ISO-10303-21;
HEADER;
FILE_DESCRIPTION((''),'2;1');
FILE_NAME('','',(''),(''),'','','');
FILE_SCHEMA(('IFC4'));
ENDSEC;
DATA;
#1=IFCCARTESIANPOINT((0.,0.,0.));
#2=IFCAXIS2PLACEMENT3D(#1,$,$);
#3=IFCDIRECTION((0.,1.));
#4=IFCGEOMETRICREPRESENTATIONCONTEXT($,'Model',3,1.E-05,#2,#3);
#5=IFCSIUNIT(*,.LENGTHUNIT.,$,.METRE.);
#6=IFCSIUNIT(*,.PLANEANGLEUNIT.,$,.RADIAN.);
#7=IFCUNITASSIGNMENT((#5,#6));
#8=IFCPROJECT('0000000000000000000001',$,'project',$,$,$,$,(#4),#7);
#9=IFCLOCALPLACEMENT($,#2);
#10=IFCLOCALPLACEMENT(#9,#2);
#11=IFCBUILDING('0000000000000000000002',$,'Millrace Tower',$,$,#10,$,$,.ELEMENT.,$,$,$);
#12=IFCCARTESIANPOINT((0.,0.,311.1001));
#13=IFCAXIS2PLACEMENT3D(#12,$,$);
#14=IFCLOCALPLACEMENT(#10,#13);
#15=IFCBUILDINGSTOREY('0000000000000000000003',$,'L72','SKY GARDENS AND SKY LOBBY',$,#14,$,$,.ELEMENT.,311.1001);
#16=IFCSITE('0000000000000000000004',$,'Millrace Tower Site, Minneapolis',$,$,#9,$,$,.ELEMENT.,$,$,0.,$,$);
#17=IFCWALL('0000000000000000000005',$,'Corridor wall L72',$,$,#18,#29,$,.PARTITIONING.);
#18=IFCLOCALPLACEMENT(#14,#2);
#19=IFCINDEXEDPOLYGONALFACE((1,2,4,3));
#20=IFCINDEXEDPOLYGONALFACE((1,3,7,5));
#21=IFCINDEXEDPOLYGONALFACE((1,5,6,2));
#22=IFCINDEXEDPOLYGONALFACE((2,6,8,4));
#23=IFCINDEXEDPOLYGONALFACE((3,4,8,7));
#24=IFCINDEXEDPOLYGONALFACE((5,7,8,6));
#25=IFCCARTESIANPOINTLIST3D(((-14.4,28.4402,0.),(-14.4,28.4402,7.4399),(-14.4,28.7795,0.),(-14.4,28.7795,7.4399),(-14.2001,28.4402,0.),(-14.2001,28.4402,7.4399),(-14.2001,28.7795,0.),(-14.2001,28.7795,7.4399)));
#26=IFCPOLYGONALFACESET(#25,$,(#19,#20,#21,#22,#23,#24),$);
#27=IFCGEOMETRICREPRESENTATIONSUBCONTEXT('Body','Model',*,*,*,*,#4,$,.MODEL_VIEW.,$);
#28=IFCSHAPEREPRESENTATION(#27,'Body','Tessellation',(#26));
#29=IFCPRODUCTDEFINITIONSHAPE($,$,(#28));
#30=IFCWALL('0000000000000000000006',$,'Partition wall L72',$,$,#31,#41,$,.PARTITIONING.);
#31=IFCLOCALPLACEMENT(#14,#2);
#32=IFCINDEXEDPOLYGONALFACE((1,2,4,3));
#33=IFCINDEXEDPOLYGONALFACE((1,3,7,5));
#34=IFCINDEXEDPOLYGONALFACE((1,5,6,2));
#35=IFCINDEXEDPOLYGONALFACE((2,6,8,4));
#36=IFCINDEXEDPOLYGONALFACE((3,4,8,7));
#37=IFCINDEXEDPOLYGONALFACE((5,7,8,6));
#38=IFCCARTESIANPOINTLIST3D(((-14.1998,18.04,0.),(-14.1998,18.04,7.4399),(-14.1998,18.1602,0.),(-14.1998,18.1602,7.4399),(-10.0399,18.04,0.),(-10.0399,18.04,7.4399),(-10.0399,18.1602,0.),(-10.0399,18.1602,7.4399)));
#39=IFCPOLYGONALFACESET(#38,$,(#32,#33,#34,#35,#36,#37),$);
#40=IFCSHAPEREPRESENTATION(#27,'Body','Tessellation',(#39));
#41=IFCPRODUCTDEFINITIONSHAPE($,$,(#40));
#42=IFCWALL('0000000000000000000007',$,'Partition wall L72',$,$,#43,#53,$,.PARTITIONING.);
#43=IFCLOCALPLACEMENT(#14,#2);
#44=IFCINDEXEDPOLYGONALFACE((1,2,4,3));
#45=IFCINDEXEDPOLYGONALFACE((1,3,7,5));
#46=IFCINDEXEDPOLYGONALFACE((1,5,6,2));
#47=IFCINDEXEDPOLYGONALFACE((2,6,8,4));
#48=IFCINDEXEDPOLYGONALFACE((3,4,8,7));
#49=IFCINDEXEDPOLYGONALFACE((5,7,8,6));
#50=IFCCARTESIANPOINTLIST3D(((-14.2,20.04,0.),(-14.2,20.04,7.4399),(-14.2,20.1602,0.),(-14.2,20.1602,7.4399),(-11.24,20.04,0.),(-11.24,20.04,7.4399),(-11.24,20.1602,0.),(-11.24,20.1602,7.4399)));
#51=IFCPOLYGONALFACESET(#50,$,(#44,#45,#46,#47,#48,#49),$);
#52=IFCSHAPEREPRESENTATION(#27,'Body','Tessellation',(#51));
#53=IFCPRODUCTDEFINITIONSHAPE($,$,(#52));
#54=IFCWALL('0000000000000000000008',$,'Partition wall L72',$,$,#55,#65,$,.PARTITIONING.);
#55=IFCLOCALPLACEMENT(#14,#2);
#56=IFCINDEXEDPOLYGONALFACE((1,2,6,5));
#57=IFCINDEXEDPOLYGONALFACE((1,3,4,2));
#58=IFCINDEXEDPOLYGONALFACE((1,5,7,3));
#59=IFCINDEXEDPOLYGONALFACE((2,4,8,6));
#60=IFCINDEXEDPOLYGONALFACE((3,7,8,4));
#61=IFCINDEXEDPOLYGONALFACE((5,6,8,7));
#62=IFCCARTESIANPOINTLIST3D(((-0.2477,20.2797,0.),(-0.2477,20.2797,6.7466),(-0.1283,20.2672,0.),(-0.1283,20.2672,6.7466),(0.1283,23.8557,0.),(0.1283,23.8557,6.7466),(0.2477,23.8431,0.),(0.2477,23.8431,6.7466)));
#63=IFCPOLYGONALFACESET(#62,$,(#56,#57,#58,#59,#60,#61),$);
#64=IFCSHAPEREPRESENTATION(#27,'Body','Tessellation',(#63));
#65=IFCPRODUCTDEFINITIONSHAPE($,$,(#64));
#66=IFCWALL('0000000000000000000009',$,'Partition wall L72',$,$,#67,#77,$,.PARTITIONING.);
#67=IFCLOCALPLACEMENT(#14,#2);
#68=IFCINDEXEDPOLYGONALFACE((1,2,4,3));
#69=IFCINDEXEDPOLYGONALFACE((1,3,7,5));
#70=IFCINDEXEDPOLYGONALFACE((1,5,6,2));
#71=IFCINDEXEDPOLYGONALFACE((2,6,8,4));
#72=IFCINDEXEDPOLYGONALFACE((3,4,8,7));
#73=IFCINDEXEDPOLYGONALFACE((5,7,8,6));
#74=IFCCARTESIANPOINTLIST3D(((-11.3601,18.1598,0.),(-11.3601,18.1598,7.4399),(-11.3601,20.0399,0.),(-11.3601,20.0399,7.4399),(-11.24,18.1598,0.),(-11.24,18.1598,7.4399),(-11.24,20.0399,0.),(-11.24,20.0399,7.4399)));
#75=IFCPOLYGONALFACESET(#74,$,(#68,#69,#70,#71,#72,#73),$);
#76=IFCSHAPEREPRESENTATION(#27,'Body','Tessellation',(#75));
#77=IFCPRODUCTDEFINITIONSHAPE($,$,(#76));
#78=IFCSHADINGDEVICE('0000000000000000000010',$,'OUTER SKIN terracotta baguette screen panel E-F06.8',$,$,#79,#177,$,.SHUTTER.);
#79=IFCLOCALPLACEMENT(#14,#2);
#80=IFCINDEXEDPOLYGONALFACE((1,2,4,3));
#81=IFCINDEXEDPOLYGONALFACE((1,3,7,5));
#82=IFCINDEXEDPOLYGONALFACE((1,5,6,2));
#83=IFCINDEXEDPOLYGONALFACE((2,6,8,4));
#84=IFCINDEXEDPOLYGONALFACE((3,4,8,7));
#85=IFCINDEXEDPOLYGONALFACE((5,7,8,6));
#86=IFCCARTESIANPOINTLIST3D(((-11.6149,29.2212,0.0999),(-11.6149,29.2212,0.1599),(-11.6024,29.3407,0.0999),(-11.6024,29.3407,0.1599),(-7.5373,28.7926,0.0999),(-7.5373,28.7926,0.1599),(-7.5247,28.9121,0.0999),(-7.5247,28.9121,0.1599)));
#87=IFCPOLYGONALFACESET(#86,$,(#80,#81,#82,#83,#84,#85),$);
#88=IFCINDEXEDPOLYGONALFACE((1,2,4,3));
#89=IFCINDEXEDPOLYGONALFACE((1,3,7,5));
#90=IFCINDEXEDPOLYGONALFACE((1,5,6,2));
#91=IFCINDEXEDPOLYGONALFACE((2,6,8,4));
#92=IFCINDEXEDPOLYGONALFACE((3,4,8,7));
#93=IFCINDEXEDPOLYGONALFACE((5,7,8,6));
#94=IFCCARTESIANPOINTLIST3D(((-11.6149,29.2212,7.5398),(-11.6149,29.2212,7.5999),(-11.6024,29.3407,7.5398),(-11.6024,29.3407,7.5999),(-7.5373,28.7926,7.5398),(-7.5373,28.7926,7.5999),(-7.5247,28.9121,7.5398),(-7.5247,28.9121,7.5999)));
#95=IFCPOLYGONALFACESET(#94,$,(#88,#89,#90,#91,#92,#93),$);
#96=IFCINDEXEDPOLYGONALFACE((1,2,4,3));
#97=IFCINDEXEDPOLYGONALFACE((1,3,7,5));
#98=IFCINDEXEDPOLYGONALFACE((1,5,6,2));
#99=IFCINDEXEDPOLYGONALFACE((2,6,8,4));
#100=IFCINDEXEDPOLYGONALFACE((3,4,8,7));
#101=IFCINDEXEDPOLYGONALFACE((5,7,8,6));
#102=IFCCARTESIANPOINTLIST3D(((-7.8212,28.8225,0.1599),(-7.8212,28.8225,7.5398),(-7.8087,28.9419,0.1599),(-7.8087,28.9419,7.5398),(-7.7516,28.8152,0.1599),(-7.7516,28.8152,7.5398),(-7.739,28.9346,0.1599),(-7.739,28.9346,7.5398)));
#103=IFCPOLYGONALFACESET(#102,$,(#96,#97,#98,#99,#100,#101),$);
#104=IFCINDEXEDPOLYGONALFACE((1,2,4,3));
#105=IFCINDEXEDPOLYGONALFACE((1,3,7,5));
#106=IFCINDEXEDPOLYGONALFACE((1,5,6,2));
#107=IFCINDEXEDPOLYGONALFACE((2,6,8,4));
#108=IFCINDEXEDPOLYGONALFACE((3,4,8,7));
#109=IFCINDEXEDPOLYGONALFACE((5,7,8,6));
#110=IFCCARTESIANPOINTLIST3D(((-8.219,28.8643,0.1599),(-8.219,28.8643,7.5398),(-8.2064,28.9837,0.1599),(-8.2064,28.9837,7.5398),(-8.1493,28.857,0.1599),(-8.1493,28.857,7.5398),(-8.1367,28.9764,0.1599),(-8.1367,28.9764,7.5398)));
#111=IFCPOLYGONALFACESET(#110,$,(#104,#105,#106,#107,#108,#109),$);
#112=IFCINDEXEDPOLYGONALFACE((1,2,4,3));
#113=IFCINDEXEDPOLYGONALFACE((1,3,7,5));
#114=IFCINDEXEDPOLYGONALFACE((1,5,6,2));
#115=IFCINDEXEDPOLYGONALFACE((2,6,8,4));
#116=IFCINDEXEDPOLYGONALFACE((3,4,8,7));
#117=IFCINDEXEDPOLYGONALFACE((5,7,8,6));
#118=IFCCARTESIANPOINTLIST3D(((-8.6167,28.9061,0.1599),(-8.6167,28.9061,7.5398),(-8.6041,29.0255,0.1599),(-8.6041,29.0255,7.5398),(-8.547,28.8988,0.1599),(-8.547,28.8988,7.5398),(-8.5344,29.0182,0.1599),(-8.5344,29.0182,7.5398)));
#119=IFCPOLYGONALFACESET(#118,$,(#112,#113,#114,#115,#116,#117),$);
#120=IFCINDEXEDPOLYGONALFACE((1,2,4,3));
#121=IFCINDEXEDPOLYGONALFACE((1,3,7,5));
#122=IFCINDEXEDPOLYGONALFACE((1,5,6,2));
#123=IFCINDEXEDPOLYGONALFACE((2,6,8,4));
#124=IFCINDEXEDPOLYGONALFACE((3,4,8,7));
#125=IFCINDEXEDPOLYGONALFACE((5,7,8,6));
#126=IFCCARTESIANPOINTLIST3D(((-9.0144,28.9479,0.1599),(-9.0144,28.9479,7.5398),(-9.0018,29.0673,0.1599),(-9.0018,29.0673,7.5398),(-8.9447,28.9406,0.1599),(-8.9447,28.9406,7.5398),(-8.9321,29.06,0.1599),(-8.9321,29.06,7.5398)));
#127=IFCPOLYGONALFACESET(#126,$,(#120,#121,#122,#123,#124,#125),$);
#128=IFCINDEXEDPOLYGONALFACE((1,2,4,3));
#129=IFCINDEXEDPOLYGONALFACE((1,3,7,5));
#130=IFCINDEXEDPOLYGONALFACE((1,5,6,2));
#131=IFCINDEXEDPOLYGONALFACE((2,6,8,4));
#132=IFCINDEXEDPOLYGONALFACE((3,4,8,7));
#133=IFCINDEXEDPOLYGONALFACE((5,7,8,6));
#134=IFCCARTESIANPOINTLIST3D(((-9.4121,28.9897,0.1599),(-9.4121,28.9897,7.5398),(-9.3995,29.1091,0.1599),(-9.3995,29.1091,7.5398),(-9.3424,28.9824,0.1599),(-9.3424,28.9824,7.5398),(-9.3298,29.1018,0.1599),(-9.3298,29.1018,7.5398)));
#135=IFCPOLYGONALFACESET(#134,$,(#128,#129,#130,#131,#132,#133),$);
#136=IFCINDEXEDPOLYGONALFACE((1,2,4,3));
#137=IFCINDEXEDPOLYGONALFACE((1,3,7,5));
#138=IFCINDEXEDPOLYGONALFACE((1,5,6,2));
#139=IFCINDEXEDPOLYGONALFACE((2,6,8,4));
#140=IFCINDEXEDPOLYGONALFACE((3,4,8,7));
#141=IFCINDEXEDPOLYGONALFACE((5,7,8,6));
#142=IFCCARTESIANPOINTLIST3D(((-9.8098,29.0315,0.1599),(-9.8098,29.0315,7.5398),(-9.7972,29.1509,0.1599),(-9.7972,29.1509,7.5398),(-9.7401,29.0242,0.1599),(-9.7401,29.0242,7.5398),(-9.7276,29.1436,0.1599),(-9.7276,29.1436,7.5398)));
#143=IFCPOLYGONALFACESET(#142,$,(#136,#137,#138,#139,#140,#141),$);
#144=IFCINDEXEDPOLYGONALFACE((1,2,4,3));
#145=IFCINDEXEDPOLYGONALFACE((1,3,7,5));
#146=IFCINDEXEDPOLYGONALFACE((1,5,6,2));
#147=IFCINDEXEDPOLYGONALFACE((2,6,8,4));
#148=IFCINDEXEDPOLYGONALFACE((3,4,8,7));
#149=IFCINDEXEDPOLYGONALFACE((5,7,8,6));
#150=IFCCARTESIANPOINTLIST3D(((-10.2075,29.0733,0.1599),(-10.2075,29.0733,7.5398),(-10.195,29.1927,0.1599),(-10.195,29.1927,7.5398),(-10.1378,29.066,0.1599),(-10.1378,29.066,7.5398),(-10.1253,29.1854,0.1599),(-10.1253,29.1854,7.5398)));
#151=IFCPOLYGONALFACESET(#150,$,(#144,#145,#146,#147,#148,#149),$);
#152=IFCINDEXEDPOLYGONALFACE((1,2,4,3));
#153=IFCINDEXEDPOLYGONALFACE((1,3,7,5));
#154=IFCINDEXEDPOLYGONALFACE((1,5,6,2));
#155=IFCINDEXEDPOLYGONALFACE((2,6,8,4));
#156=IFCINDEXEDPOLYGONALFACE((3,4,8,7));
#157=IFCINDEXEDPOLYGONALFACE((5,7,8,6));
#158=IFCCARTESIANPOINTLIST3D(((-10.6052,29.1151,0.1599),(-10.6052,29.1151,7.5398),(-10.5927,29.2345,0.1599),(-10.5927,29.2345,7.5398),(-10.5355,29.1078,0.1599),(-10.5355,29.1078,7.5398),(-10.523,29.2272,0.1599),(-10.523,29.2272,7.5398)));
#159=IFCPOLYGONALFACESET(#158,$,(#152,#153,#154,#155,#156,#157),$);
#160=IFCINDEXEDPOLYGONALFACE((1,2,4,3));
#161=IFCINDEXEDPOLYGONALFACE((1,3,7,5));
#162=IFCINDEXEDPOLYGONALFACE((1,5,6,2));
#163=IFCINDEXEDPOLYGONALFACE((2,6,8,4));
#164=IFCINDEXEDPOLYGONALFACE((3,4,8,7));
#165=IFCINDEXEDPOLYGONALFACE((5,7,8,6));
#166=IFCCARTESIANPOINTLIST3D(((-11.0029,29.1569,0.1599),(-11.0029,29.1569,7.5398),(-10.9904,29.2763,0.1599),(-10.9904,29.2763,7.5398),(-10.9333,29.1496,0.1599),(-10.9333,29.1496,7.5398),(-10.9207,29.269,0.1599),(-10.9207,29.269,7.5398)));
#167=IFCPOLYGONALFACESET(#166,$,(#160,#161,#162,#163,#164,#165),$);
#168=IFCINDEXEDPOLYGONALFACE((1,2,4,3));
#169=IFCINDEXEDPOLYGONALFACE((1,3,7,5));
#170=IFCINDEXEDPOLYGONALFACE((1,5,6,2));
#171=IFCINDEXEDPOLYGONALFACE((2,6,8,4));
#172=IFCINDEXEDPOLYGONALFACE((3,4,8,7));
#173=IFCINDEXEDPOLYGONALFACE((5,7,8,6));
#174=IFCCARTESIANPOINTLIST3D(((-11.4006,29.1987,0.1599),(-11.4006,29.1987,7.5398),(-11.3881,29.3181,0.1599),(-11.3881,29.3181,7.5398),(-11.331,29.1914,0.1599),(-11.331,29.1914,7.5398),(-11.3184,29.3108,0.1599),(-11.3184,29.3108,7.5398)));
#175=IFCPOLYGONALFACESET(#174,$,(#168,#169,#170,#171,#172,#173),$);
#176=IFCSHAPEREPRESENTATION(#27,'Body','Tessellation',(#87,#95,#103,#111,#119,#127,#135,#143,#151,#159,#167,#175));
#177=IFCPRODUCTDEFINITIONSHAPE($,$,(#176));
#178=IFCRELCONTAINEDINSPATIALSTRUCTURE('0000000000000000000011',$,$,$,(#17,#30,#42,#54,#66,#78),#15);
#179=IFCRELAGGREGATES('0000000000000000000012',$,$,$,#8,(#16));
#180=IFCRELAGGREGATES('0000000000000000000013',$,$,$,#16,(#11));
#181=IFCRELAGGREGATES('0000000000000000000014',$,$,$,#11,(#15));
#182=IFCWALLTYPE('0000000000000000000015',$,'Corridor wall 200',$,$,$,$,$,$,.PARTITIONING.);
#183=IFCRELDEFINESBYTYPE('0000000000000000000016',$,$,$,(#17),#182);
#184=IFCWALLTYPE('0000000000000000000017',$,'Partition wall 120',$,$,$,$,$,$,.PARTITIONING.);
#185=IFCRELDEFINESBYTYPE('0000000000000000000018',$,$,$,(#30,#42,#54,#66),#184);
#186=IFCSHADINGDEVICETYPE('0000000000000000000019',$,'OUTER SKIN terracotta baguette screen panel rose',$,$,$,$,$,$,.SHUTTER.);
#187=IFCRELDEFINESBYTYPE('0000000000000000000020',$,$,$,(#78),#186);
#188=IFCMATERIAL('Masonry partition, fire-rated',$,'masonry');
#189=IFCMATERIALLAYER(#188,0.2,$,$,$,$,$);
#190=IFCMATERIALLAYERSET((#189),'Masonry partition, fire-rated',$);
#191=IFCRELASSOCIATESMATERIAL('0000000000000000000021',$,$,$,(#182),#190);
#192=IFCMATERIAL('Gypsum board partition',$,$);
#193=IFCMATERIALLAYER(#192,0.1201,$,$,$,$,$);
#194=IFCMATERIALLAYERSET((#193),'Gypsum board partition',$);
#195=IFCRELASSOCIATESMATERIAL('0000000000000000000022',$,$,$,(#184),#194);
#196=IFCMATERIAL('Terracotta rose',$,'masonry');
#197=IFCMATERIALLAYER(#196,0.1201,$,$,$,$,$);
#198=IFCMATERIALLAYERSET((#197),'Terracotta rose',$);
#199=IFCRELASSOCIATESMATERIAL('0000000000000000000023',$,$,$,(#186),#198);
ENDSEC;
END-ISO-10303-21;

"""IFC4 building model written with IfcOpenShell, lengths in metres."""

from ifc_helpers import new_model, entity, si_unit, direction, frame, frame_2d, origin, place, context, subcontext, project, spatial, rectangle, extrude, source, transform, mapped, material, layer, layer_set, type_object, element, save


model = new_model("IFC4")

# Units and contexts
model_context = context("Model", 3, precision=1e-05, world=origin(), true_north=direction((0.0, 1.0)))
body_context = subcontext(model_context, "Body", "Model", "MODEL_VIEW")
ifc_project = project(units=[si_unit("LENGTHUNIT", "METRE"), si_unit("PLANEANGLEUNIT", "RADIAN")], contexts=[model_context])

# Site, building, storey
site_placement = place(None, origin())
site = spatial("IfcSite", under=ifc_project, at=site_placement, Name="Millrace Tower Site, Minneapolis", CompositionType="ELEMENT", RefElevation=0.0)
building_placement = place(site_placement, origin())
building = spatial("IfcBuilding", under=site, at=building_placement, Name="Millrace Tower", CompositionType="ELEMENT")
storey_placement = place(building_placement, frame((0.0, 0.0, 311.1001)))
storey = spatial("IfcBuildingStorey", under=building, at=storey_placement, Name="L72", Description="SKY GARDENS AND SKY LOBBY", CompositionType="ELEMENT", Elevation=311.1001)

# Walls
ifc_material_1 = material(Name="Masonry partition, fire-rated", Category="masonry")
ifc_layer_1 = layer(ifc_material_1, 0.2)
ifc_layer_set_1 = layer_set([ifc_layer_1], Name="Masonry partition, fire-rated")
wall_type_1 = type_object("IfcWallType", Name="Corridor wall 200", PredefinedType="PARTITIONING", material=ifc_layer_set_1)
wall_1_placement = place(storey_placement, frame((-14.3, 28.4402, 0.0), z_axis=(0.0, 0.0, 1.0), x_axis=(0.0, 1.0, 0.0)))
element("IfcWall", 1, at=wall_1_placement, inside=storey, type_object=wall_type_1, Name="Corridor wall L72", PredefinedType="PARTITIONING", context=body_context, shape_type="SweptSolid", body=[
    extrude(rectangle(XDim=0.3394, YDim=0.2, at=frame_2d((0.1697, 0.0))), origin(), (0.0, 0.0, 1.0), 7.4399),
])
ifc_material_2 = material(Name="Gypsum board partition")
ifc_layer_2 = layer(ifc_material_2, 0.1201)
ifc_layer_set_2 = layer_set([ifc_layer_2], Name="Gypsum board partition")
wall_type_2 = type_object("IfcWallType", Name="Partition wall 120", PredefinedType="PARTITIONING", material=ifc_layer_set_2)
wall_2_placement = place(storey_placement, frame((-14.2, 18.1001, 0.0), z_axis=(0.0, 0.0, 1.0), x_axis=(1.0, 0.0, 0.0)))
element("IfcWall", 2, at=wall_2_placement, inside=storey, type_object=wall_type_2, Name="Partition wall L72", PredefinedType="PARTITIONING", context=body_context, shape_type="SweptSolid", body=[
    extrude(rectangle(XDim=4.1599, YDim=0.1201, at=frame_2d((2.0801, 0.0))), origin(), (0.0, 0.0, 1.0), 7.4399),
])
wall_3_placement = place(storey_placement, frame((-14.2, 20.1001, 0.0), z_axis=(0.0, 0.0, 1.0), x_axis=(1.0, 0.0, 0.0)))
element("IfcWall", 3, at=wall_3_placement, inside=storey, type_object=wall_type_2, Name="Partition wall L72", PredefinedType="PARTITIONING", context=body_context, shape_type="SweptSolid", body=[
    extrude(rectangle(XDim=2.96, YDim=0.1201, at=frame_2d((1.48, 0.0))), origin(), (0.0, 0.0, 1.0), 7.4399),
])
wall_4_placement = place(storey_placement, frame((-0.188, 20.2734, 0.0), z_axis=(0.0, 0.0, 1.0), x_axis=(0.104565, 0.994518, 0.0)))
element("IfcWall", 4, at=wall_4_placement, inside=storey, type_object=wall_type_2, Name="Partition wall L72", PredefinedType="PARTITIONING", context=body_context, shape_type="SweptSolid", body=[
    extrude(rectangle(XDim=3.5957, YDim=0.1201, at=frame_2d((1.7979, 0.0))), origin(), (0.0, 0.0, 1.0), 6.7466),
])
wall_5_placement = place(storey_placement, frame((-11.3, 18.1599, 0.0), z_axis=(0.0, 0.0, 1.0), x_axis=(0.0, 1.0, 0.0)))
element("IfcWall", 5, at=wall_5_placement, inside=storey, type_object=wall_type_2, Name="Partition wall L72", PredefinedType="PARTITIONING", context=body_context, shape_type="SweptSolid", body=[
    extrude(rectangle(XDim=1.8801, YDim=0.1201, at=frame_2d((0.9399, 0.0))), origin(), (0.0, 0.0, 1.0), 7.4399),
])

# Shading device
ifc_material_3 = material(Name="Terracotta rose", Category="masonry")
ifc_layer_3 = layer(ifc_material_3, 0.1201)
ifc_layer_set_3 = layer_set([ifc_layer_3], Name="Terracotta rose")
shading_device_type = type_object("IfcShadingDeviceType", Name="OUTER SKIN terracotta baguette screen panel rose", PredefinedType="SHUTTER", material=ifc_layer_set_3)
cartesian_point_1 = entity("IfcCartesianPoint", [-2.05, 0.0601])
shared_polyline_1 = entity("IfcPolyline", [cartesian_point_1, entity("IfcCartesianPoint", [2.05, 0.0601]), entity("IfcCartesianPoint", [2.05, -0.0601]), entity("IfcCartesianPoint", [-2.05, -0.0601]), cartesian_point_1])
shared_shape_1 = source(origin(), body_context, "Body", "SweptSolid", [
    entity("IfcExtrudedAreaSolid", entity("IfcArbitraryClosedProfileDef", "AREA", None, shared_polyline_1), entity("IfcAxis2Placement3D", entity("IfcCartesianPoint", [0.0, 0.0, 0.0])), entity("IfcDirection", [0.0, 0.0, 1.0]), 0.0601),
    entity("IfcExtrudedAreaSolid", entity("IfcArbitraryClosedProfileDef", "AREA", None, shared_polyline_1), entity("IfcAxis2Placement3D", entity("IfcCartesianPoint", [0.0, 0.0, 7.4399])), entity("IfcDirection", [0.0, 0.0, 1.0]), 0.0601),
    extrude(rectangle(XDim=0.0701, YDim=0.1201, at=frame_2d((-1.7996, 0.0))), frame((0.0, 0.0, 0.0601)), (0.0, 0.0, 1.0), 7.3799),
    extrude(rectangle(XDim=0.0701, YDim=0.1201, at=frame_2d((-1.3997, 0.0))), frame((0.0, 0.0, 0.0601)), (0.0, 0.0, 1.0), 7.3799),
    extrude(rectangle(XDim=0.0701, YDim=0.1201, at=frame_2d((-0.9998, 0.0))), frame((0.0, 0.0, 0.0601)), (0.0, 0.0, 1.0), 7.3799),
    extrude(rectangle(XDim=0.0701, YDim=0.1201, at=frame_2d((-0.5999, 0.0))), frame((0.0, 0.0, 0.0601)), (0.0, 0.0, 1.0), 7.3799),
    extrude(rectangle(XDim=0.0701, YDim=0.1201, at=frame_2d((-0.2, 0.0))), frame((0.0, 0.0, 0.0601)), (0.0, 0.0, 1.0), 7.3799),
    extrude(rectangle(XDim=0.0701, YDim=0.1201, at=frame_2d((0.2, 0.0))), frame((0.0, 0.0, 0.0601)), (0.0, 0.0, 1.0), 7.3799),
    extrude(rectangle(XDim=0.0701, YDim=0.1201, at=frame_2d((0.5999, 0.0))), frame((0.0, 0.0, 0.0601)), (0.0, 0.0, 1.0), 7.3799),
    extrude(rectangle(XDim=0.0701, YDim=0.1201, at=frame_2d((0.9998, 0.0))), frame((0.0, 0.0, 0.0601)), (0.0, 0.0, 1.0), 7.3799),
    extrude(rectangle(XDim=0.0701, YDim=0.1201, at=frame_2d((1.3997, 0.0))), frame((0.0, 0.0, 0.0601)), (0.0, 0.0, 1.0), 7.3799),
    extrude(rectangle(XDim=0.0701, YDim=0.1201, at=frame_2d((1.7996, 0.0))), frame((0.0, 0.0, 0.0601)), (0.0, 0.0, 1.0), 7.3799),
])
shading_device_1_placement = place(storey_placement, frame((-9.5698, 29.0667, 0.0999), z_axis=(0.0, 0.0, 1.0), x_axis=(-0.994522, 0.104528, 0.0)))
element("IfcShadingDevice", 6, at=shading_device_1_placement, inside=storey, type_object=shading_device_type, Name="OUTER SKIN terracotta baguette screen panel E-F06.8", PredefinedType="SHUTTER", context=body_context, shape_type="MappedRepresentation", body=[
    mapped(shared_shape_1, transform((0.0, 0.0, 0.0), scale=1.0)),
])

save(model, "model.ifc")
